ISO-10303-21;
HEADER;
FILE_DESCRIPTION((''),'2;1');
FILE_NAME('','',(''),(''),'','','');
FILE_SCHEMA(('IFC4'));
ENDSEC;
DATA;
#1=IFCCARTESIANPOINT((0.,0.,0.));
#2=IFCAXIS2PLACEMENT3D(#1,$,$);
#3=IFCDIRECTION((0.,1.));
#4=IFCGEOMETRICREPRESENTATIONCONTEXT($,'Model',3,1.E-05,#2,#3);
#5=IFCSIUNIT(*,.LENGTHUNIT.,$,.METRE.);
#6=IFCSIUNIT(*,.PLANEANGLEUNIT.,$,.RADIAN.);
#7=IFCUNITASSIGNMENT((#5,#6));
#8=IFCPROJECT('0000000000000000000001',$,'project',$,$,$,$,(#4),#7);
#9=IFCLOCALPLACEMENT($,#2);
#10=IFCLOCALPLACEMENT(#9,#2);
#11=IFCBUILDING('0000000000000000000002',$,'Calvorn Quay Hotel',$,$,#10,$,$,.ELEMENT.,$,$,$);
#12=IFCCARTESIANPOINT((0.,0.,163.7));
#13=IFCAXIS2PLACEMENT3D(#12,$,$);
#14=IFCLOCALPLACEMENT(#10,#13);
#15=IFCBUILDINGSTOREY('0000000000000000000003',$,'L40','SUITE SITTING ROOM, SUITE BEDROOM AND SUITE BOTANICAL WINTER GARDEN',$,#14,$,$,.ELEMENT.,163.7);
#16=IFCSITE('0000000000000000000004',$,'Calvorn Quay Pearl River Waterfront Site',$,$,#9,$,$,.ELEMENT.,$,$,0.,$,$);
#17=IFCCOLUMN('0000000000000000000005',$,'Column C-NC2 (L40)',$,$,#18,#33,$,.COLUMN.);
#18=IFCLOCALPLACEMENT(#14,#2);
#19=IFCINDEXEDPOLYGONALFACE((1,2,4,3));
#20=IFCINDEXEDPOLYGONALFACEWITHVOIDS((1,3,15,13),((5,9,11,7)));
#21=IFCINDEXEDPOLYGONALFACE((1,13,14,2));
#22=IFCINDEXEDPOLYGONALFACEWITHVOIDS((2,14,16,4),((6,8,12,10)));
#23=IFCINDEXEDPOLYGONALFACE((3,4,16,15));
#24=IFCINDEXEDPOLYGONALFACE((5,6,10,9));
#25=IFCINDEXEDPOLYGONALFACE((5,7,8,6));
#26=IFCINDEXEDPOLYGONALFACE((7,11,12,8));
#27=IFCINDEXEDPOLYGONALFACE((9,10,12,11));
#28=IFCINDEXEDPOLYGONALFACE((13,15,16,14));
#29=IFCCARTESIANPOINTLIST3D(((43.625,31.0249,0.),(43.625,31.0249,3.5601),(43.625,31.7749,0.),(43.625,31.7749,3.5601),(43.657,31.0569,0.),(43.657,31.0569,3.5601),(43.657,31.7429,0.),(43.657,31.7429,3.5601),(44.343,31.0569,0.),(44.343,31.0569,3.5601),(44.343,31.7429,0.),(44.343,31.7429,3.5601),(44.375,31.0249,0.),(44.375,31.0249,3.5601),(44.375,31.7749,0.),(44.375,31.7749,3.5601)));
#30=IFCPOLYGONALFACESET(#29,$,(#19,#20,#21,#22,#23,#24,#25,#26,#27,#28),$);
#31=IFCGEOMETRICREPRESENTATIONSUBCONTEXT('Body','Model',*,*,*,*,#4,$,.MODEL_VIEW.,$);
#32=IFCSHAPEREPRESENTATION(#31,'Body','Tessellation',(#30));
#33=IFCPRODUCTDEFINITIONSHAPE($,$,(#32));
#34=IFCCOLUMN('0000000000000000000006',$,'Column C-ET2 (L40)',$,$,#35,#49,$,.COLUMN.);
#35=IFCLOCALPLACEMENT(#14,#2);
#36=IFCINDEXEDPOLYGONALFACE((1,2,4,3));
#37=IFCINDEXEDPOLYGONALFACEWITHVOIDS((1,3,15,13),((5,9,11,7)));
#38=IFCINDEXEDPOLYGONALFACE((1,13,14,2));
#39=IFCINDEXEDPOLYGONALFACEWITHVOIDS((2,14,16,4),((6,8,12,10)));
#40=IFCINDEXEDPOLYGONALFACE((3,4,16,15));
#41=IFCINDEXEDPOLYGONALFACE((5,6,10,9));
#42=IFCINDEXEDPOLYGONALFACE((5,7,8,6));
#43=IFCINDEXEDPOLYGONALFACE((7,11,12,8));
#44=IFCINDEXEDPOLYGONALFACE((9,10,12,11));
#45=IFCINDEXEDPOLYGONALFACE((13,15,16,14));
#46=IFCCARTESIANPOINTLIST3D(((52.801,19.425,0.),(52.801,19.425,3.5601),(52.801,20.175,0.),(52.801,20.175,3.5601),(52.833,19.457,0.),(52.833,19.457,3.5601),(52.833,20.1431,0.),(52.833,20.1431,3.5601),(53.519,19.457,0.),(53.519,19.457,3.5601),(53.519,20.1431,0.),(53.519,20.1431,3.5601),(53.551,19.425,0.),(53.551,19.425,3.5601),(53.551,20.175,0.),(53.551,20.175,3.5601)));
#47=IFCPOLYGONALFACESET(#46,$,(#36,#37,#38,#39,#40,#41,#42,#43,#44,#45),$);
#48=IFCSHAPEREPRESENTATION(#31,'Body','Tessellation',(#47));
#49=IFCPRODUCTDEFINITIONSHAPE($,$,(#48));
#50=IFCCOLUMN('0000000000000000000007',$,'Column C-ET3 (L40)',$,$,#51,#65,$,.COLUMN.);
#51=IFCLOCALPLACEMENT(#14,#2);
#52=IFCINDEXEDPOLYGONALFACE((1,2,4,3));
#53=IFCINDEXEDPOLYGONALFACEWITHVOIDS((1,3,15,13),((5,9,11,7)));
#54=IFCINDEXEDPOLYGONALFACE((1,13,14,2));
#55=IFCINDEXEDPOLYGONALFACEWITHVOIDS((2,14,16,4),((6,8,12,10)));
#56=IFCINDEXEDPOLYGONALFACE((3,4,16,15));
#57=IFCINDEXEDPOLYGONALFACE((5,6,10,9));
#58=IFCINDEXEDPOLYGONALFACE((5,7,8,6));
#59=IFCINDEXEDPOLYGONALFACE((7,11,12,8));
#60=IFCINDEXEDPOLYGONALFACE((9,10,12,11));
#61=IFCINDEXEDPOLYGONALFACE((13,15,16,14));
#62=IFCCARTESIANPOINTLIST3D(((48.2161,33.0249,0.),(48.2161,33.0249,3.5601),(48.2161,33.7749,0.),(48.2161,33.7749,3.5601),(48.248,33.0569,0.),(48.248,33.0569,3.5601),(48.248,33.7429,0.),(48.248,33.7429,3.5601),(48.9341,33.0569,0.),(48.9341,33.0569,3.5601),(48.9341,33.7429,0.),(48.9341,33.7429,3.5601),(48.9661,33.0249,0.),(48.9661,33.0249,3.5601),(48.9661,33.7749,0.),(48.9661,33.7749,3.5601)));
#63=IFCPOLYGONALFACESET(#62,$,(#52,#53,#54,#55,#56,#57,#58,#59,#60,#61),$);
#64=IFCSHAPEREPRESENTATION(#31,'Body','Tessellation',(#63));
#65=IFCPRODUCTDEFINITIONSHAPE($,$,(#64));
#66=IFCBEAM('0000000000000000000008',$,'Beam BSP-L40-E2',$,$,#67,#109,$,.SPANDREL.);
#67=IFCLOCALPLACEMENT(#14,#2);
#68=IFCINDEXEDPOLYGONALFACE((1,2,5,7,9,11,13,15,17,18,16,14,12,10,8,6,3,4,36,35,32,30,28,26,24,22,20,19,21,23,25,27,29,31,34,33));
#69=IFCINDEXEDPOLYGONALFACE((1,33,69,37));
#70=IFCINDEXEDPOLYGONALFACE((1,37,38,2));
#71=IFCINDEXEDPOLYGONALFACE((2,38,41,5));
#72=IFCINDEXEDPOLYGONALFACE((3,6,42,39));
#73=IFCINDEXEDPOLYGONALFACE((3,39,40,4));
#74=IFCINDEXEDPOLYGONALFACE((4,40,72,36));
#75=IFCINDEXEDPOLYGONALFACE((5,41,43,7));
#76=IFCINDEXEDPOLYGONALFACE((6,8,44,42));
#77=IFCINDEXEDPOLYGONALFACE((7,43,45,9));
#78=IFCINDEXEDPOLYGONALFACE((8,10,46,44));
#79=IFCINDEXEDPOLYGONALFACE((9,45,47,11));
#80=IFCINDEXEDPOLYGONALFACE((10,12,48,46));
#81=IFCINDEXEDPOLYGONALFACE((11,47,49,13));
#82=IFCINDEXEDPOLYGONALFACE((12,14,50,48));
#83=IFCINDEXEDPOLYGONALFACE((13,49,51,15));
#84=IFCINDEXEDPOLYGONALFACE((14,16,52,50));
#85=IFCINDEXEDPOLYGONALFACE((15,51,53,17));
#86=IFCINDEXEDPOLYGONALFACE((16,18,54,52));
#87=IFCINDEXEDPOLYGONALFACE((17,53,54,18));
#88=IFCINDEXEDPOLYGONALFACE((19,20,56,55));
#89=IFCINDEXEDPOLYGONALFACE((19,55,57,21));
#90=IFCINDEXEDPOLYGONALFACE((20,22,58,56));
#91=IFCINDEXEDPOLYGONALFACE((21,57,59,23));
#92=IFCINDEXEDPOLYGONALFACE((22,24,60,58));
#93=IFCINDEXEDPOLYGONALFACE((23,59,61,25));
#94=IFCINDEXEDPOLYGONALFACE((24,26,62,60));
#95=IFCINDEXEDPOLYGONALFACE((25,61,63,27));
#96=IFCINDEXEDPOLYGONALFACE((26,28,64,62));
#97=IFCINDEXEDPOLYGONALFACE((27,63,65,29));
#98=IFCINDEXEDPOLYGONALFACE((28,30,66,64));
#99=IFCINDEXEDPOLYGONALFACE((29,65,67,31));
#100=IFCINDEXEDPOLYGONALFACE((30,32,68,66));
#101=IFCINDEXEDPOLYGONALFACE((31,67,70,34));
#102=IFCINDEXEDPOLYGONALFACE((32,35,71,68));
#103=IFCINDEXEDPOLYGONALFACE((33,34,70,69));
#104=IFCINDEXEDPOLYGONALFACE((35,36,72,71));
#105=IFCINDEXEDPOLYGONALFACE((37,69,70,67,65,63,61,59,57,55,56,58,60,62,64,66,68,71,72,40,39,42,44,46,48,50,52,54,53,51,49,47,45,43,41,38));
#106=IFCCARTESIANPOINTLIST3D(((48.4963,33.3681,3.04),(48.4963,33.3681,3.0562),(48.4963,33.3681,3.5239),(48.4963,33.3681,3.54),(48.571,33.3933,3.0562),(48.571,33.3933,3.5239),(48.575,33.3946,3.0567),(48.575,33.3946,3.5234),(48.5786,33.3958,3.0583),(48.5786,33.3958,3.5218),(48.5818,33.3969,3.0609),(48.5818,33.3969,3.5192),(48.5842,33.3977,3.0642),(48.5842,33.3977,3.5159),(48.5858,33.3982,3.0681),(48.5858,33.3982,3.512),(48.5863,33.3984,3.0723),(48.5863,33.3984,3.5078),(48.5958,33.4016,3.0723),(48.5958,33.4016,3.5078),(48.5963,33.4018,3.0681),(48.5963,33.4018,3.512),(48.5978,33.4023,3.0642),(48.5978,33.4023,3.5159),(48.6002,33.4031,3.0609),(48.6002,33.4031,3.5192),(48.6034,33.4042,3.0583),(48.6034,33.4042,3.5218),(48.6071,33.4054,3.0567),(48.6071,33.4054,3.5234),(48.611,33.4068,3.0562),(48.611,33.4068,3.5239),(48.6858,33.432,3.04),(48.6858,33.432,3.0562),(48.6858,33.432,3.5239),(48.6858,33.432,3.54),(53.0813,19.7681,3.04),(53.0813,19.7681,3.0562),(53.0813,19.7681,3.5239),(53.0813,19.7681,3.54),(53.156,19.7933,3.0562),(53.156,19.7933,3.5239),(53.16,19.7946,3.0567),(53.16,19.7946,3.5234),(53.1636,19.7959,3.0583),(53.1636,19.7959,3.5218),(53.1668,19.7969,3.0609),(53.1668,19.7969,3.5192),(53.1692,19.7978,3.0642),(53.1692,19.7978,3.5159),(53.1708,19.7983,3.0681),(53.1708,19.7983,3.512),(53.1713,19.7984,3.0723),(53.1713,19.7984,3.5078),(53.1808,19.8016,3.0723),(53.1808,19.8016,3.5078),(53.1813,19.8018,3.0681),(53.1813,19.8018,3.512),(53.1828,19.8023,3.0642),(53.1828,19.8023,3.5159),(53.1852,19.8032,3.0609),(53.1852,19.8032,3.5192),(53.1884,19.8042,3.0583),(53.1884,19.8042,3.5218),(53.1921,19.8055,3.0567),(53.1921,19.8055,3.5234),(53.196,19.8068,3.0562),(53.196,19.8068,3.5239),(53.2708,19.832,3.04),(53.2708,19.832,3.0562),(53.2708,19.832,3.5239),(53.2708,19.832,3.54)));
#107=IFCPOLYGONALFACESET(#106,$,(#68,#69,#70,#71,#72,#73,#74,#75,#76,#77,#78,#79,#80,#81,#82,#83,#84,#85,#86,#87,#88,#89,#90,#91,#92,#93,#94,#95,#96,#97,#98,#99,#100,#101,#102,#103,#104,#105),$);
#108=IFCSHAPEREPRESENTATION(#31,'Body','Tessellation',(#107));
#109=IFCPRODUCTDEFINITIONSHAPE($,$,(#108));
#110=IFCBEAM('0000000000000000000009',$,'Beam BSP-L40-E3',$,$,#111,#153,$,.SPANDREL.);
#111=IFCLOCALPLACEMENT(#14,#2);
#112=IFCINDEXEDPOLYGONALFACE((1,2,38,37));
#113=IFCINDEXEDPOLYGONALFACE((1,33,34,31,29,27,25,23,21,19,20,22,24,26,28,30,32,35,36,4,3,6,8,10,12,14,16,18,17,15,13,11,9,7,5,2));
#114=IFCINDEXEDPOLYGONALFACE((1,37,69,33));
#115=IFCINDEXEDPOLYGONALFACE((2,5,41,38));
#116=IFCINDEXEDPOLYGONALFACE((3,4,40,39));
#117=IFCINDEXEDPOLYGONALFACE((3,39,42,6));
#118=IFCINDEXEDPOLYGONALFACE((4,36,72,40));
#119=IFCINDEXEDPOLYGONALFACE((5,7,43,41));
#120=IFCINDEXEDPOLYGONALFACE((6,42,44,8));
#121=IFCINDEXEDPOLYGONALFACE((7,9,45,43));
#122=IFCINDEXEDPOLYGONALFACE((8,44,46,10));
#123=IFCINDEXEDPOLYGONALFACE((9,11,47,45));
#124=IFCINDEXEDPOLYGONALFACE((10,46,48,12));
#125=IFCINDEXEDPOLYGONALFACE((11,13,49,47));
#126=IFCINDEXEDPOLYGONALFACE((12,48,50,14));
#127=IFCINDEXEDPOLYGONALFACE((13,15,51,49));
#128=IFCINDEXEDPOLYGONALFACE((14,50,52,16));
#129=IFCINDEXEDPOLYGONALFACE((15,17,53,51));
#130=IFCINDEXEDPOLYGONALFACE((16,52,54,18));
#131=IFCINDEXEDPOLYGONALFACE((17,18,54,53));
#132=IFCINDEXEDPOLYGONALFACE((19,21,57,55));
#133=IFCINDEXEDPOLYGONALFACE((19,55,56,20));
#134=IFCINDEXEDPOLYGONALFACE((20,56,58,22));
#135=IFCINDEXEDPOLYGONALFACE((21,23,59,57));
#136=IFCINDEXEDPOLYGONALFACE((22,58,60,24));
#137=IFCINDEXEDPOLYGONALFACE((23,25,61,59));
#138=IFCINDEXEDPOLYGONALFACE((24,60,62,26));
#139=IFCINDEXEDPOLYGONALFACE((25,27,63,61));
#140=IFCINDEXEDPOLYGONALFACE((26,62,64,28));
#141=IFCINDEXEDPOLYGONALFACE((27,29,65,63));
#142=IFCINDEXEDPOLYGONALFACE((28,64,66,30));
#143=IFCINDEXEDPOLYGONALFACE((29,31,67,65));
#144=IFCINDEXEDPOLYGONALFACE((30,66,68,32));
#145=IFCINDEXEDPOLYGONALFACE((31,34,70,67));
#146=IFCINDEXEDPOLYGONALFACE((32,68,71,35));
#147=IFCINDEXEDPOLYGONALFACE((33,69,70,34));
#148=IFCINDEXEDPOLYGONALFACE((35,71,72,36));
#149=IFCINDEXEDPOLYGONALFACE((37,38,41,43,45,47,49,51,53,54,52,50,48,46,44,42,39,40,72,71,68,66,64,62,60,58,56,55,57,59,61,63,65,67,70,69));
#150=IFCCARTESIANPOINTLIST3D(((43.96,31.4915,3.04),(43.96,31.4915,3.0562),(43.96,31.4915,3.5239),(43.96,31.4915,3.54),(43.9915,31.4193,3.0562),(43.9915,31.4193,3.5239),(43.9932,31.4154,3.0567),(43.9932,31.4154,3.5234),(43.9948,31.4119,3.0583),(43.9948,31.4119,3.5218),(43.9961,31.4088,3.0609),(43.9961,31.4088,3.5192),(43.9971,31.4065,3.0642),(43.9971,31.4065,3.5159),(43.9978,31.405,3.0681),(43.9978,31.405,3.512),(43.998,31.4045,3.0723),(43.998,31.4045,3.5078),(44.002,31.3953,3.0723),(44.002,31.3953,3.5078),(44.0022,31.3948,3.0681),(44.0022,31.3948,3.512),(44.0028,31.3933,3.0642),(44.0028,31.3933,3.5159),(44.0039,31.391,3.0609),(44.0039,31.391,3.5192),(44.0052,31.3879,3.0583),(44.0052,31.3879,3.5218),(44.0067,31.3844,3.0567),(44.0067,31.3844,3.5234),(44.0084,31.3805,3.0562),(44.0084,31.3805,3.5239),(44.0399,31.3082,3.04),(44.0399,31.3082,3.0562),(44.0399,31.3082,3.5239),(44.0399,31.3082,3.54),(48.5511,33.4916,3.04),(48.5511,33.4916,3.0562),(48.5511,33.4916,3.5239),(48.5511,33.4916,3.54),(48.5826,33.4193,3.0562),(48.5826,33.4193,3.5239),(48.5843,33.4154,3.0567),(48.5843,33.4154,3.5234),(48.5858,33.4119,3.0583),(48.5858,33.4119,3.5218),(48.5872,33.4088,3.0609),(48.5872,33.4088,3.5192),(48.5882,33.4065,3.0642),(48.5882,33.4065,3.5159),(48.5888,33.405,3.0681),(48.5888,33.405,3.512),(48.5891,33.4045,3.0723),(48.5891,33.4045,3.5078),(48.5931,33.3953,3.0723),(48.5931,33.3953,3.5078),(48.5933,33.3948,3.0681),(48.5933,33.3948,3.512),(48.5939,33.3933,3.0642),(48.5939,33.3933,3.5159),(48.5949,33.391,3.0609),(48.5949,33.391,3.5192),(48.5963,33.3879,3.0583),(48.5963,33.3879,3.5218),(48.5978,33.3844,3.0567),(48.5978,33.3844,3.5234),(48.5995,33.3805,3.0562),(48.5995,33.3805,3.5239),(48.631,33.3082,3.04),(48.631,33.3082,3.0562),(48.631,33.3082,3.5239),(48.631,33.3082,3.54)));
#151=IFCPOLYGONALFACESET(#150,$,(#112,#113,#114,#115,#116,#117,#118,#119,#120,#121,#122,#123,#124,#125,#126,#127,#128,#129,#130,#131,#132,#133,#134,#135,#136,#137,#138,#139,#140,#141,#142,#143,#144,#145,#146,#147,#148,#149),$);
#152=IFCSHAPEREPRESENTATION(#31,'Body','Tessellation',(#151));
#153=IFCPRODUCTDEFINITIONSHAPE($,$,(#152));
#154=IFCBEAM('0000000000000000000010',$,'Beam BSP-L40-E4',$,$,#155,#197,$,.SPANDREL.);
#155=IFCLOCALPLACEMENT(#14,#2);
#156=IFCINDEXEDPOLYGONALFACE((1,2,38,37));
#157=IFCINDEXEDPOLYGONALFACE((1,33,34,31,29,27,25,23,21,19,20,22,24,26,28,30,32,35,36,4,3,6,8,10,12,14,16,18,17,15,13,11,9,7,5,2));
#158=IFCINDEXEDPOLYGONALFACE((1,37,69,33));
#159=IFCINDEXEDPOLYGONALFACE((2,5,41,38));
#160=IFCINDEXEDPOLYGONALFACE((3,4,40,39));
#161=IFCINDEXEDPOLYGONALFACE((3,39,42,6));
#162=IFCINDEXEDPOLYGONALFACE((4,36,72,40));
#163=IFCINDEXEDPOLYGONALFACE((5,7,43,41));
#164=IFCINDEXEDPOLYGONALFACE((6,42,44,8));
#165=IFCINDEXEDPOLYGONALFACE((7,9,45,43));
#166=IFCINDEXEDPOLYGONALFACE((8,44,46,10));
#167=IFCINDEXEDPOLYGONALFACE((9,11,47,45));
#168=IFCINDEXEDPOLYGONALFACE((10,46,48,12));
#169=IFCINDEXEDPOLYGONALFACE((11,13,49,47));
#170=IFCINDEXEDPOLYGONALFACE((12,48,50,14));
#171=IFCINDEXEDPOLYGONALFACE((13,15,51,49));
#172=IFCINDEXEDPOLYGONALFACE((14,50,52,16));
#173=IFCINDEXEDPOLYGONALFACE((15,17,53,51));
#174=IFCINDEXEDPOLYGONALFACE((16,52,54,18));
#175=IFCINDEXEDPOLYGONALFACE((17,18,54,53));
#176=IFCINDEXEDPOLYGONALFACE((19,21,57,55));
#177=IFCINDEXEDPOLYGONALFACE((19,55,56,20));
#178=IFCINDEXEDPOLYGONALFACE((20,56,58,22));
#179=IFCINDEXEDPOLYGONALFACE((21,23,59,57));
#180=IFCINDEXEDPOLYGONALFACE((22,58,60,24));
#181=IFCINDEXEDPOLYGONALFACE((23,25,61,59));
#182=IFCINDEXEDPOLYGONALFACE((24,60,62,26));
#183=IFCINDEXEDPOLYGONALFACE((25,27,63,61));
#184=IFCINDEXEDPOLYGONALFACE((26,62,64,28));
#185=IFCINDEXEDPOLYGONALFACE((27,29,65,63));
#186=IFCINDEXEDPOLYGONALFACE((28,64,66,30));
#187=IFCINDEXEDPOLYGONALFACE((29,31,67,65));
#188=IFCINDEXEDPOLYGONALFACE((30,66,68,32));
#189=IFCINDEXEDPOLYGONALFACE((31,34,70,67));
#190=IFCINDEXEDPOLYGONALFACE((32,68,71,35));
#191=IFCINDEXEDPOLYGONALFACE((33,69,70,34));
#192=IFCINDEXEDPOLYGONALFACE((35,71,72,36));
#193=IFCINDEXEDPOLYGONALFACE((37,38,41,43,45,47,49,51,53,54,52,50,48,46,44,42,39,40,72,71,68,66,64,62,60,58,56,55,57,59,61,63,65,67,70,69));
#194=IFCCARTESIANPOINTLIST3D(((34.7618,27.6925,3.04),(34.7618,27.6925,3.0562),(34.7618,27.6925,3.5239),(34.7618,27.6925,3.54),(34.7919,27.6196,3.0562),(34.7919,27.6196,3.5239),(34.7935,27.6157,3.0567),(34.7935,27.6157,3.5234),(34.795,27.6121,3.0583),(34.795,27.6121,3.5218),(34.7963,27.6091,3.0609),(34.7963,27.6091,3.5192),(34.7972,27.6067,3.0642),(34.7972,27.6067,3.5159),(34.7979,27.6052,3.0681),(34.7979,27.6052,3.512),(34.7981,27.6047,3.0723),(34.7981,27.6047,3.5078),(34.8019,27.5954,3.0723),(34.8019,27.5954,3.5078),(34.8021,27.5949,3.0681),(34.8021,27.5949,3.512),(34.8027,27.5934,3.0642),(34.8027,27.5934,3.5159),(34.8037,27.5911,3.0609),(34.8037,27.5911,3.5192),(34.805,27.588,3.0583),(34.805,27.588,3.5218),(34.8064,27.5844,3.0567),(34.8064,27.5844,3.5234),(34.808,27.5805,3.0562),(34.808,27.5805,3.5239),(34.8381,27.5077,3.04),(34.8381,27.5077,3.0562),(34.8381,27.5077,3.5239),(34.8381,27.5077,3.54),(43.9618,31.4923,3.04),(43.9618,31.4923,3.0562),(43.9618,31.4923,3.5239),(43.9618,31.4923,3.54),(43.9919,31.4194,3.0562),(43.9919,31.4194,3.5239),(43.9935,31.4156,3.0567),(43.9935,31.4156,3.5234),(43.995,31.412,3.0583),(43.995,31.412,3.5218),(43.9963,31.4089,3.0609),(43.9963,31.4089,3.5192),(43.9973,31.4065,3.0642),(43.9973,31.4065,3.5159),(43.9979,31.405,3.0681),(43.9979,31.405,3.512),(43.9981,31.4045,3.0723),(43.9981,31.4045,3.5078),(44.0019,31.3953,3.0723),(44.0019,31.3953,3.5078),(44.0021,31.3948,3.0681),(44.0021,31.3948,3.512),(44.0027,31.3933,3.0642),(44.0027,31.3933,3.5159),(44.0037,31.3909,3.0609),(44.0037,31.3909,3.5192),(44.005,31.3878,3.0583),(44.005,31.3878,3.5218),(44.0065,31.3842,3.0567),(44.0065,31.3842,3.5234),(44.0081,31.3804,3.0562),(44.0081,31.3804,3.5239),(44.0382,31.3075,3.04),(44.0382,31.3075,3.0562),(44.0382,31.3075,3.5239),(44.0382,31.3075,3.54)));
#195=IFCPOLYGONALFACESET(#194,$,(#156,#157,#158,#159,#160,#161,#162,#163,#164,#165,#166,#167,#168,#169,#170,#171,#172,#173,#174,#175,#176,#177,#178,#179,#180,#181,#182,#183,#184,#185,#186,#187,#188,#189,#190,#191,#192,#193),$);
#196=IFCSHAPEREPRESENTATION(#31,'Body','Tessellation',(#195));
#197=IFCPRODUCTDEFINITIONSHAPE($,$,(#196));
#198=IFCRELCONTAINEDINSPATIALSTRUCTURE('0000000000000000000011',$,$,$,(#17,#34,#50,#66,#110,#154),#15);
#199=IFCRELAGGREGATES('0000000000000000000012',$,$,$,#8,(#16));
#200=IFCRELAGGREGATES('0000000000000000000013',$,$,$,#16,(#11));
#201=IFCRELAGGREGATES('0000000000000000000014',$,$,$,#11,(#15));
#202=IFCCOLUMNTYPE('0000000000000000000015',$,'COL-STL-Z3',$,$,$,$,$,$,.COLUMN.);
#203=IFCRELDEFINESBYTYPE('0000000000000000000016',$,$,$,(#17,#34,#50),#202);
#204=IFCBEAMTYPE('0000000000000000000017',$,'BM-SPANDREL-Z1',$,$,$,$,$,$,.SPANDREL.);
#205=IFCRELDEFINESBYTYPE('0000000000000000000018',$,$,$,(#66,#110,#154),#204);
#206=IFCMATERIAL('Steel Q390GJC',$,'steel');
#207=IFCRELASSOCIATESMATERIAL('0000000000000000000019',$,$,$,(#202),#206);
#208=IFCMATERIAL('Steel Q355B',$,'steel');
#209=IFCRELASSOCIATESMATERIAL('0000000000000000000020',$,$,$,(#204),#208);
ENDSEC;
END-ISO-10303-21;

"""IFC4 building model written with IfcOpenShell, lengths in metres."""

from ifc_helpers import new_model, si_unit, direction, frame, origin, origin_2d, place, context, subcontext, project, spatial, hollow_rectangle, i_section, extrude, material, material_profile, profile_set, type_object, element, save


model = new_model("IFC4")

# Units and contexts
model_context = context("Model", 3, precision=1e-05, world=origin(), true_north=direction((0.0, 1.0)))
body_context = subcontext(model_context, "Body", "Model", "MODEL_VIEW")
ifc_project = project(units=[si_unit("LENGTHUNIT", "METRE"), si_unit("PLANEANGLEUNIT", "RADIAN")], contexts=[model_context])

# Site, building, storey
site_placement = place(None, origin())
site = spatial("IfcSite", under=ifc_project, at=site_placement, Name="Calvorn Quay Pearl River Waterfront Site", CompositionType="ELEMENT", RefElevation=0.0)
building_placement = place(site_placement, origin())
building = spatial("IfcBuilding", under=site, at=building_placement, Name="Calvorn Quay Hotel", CompositionType="ELEMENT")
storey_placement = place(building_placement, frame((0.0, 0.0, 163.7)))
storey = spatial("IfcBuildingStorey", under=building, at=storey_placement, Name="L40", Description="SUITE SITTING ROOM, SUITE BEDROOM AND SUITE BOTANICAL WINTER GARDEN", CompositionType="ELEMENT", Elevation=163.7)

# Columns
ifc_material_1 = material(Name="Steel Q390GJC", Category="steel")
ifc_material_profile_1 = material_profile(ifc_material_1, hollow_rectangle(XDim=0.75, YDim=0.75, WallThickness=0.032, at=origin_2d()), Name="BOX750x750x32")
ifc_profile_set_1 = profile_set([ifc_material_profile_1], Name="Steel Q390GJC")
column_type = type_object("IfcColumnType", Name="COL-STL-Z3", PredefinedType="COLUMN", material=ifc_profile_set_1)
for number, where, z_axis, x_axis, name in (
    (1, (44.0, 31.3999, 0.0), (0.0, 0.0, 1.0), (1.0, 0.0, 0.0), "Column C-NC2 (L40)"),
    (2, (53.176, 19.8, 0.0), (0.0, 0.0, 1.0), (1.0, 0.0, 0.0), "Column C-ET2 (L40)"),
    (3, (48.5911, 33.3999, 0.0), (0.0, 0.0, 1.0), (1.0, 0.0, 0.0), "Column C-ET3 (L40)"),
):
    element("IfcColumn", number, at=place(storey_placement, frame(where, z_axis=z_axis, x_axis=x_axis)), inside=storey, type_object=column_type, Name=name, PredefinedType="COLUMN", context=body_context, shape_type="SweptSolid", body=[
        extrude(hollow_rectangle(XDim=0.75, YDim=0.75, WallThickness=0.032, at=origin_2d()), origin(), (0.0, 0.0, 1.0), 3.5601),
    ])

# Beams
ifc_material_2 = material(Name="Steel Q355B", Category="steel")
ifc_material_profile_2 = material_profile(ifc_material_2, i_section(OverallWidth=0.2, OverallDepth=0.5, WebThickness=0.01, FlangeThickness=0.0161, FilletRadius=0.0161, at=origin_2d()), Name="HN500x200x10x16")
ifc_profile_set_2 = profile_set([ifc_material_profile_2], Name="Steel Q355B")
beam_type = type_object("IfcBeamType", Name="BM-SPANDREL-Z1", PredefinedType="SPANDREL", material=ifc_profile_set_2)
beam_1_placement = place(storey_placement, frame((53.176, 19.8, 3.29), z_axis=(-0.319467, 0.947598, 0.0), x_axis=(-0.947598, -0.319467, 0.0)))
element("IfcBeam", 4, at=beam_1_placement, inside=storey, type_object=beam_type, Name="Beam BSP-L40-E2", PredefinedType="SPANDREL", context=body_context, shape_type="SweptSolid", body=[
    extrude(i_section(OverallWidth=0.2, OverallDepth=0.5, WebThickness=0.01, FlangeThickness=0.0161, FilletRadius=0.0161, at=origin_2d()), origin(), (0.0, 0.0, 1.0), 14.3521),
])
beam_2_placement = place(storey_placement, frame((48.5911, 33.3999, 3.29), z_axis=(-0.916786, -0.399378, 0.0), x_axis=(0.399378, -0.916786, 0.0)))
element("IfcBeam", 5, at=beam_2_placement, inside=storey, type_object=beam_type, Name="Beam BSP-L40-E3", PredefinedType="SPANDREL", context=body_context, shape_type="SweptSolid", body=[
    extrude(i_section(OverallWidth=0.2, OverallDepth=0.5, WebThickness=0.01, FlangeThickness=0.0161, FilletRadius=0.0161, at=origin_2d()), origin(), (0.0, 0.0, 1.0), 5.0078),
])
beam_3_placement = place(storey_placement, frame((44.0, 31.3999, 3.29), z_axis=(-0.924268, -0.381745, 0.0), x_axis=(0.381745, -0.924268, 0.0)))
element("IfcBeam", 6, at=beam_3_placement, inside=storey, type_object=beam_type, Name="Beam BSP-L40-E4", PredefinedType="SPANDREL", context=body_context, shape_type="SweptSolid", body=[
    extrude(i_section(OverallWidth=0.2, OverallDepth=0.5, WebThickness=0.01, FlangeThickness=0.0161, FilletRadius=0.0161, at=origin_2d()), origin(), (0.0, 0.0, 1.0), 9.9539),
])

save(model, "model.ifc")
